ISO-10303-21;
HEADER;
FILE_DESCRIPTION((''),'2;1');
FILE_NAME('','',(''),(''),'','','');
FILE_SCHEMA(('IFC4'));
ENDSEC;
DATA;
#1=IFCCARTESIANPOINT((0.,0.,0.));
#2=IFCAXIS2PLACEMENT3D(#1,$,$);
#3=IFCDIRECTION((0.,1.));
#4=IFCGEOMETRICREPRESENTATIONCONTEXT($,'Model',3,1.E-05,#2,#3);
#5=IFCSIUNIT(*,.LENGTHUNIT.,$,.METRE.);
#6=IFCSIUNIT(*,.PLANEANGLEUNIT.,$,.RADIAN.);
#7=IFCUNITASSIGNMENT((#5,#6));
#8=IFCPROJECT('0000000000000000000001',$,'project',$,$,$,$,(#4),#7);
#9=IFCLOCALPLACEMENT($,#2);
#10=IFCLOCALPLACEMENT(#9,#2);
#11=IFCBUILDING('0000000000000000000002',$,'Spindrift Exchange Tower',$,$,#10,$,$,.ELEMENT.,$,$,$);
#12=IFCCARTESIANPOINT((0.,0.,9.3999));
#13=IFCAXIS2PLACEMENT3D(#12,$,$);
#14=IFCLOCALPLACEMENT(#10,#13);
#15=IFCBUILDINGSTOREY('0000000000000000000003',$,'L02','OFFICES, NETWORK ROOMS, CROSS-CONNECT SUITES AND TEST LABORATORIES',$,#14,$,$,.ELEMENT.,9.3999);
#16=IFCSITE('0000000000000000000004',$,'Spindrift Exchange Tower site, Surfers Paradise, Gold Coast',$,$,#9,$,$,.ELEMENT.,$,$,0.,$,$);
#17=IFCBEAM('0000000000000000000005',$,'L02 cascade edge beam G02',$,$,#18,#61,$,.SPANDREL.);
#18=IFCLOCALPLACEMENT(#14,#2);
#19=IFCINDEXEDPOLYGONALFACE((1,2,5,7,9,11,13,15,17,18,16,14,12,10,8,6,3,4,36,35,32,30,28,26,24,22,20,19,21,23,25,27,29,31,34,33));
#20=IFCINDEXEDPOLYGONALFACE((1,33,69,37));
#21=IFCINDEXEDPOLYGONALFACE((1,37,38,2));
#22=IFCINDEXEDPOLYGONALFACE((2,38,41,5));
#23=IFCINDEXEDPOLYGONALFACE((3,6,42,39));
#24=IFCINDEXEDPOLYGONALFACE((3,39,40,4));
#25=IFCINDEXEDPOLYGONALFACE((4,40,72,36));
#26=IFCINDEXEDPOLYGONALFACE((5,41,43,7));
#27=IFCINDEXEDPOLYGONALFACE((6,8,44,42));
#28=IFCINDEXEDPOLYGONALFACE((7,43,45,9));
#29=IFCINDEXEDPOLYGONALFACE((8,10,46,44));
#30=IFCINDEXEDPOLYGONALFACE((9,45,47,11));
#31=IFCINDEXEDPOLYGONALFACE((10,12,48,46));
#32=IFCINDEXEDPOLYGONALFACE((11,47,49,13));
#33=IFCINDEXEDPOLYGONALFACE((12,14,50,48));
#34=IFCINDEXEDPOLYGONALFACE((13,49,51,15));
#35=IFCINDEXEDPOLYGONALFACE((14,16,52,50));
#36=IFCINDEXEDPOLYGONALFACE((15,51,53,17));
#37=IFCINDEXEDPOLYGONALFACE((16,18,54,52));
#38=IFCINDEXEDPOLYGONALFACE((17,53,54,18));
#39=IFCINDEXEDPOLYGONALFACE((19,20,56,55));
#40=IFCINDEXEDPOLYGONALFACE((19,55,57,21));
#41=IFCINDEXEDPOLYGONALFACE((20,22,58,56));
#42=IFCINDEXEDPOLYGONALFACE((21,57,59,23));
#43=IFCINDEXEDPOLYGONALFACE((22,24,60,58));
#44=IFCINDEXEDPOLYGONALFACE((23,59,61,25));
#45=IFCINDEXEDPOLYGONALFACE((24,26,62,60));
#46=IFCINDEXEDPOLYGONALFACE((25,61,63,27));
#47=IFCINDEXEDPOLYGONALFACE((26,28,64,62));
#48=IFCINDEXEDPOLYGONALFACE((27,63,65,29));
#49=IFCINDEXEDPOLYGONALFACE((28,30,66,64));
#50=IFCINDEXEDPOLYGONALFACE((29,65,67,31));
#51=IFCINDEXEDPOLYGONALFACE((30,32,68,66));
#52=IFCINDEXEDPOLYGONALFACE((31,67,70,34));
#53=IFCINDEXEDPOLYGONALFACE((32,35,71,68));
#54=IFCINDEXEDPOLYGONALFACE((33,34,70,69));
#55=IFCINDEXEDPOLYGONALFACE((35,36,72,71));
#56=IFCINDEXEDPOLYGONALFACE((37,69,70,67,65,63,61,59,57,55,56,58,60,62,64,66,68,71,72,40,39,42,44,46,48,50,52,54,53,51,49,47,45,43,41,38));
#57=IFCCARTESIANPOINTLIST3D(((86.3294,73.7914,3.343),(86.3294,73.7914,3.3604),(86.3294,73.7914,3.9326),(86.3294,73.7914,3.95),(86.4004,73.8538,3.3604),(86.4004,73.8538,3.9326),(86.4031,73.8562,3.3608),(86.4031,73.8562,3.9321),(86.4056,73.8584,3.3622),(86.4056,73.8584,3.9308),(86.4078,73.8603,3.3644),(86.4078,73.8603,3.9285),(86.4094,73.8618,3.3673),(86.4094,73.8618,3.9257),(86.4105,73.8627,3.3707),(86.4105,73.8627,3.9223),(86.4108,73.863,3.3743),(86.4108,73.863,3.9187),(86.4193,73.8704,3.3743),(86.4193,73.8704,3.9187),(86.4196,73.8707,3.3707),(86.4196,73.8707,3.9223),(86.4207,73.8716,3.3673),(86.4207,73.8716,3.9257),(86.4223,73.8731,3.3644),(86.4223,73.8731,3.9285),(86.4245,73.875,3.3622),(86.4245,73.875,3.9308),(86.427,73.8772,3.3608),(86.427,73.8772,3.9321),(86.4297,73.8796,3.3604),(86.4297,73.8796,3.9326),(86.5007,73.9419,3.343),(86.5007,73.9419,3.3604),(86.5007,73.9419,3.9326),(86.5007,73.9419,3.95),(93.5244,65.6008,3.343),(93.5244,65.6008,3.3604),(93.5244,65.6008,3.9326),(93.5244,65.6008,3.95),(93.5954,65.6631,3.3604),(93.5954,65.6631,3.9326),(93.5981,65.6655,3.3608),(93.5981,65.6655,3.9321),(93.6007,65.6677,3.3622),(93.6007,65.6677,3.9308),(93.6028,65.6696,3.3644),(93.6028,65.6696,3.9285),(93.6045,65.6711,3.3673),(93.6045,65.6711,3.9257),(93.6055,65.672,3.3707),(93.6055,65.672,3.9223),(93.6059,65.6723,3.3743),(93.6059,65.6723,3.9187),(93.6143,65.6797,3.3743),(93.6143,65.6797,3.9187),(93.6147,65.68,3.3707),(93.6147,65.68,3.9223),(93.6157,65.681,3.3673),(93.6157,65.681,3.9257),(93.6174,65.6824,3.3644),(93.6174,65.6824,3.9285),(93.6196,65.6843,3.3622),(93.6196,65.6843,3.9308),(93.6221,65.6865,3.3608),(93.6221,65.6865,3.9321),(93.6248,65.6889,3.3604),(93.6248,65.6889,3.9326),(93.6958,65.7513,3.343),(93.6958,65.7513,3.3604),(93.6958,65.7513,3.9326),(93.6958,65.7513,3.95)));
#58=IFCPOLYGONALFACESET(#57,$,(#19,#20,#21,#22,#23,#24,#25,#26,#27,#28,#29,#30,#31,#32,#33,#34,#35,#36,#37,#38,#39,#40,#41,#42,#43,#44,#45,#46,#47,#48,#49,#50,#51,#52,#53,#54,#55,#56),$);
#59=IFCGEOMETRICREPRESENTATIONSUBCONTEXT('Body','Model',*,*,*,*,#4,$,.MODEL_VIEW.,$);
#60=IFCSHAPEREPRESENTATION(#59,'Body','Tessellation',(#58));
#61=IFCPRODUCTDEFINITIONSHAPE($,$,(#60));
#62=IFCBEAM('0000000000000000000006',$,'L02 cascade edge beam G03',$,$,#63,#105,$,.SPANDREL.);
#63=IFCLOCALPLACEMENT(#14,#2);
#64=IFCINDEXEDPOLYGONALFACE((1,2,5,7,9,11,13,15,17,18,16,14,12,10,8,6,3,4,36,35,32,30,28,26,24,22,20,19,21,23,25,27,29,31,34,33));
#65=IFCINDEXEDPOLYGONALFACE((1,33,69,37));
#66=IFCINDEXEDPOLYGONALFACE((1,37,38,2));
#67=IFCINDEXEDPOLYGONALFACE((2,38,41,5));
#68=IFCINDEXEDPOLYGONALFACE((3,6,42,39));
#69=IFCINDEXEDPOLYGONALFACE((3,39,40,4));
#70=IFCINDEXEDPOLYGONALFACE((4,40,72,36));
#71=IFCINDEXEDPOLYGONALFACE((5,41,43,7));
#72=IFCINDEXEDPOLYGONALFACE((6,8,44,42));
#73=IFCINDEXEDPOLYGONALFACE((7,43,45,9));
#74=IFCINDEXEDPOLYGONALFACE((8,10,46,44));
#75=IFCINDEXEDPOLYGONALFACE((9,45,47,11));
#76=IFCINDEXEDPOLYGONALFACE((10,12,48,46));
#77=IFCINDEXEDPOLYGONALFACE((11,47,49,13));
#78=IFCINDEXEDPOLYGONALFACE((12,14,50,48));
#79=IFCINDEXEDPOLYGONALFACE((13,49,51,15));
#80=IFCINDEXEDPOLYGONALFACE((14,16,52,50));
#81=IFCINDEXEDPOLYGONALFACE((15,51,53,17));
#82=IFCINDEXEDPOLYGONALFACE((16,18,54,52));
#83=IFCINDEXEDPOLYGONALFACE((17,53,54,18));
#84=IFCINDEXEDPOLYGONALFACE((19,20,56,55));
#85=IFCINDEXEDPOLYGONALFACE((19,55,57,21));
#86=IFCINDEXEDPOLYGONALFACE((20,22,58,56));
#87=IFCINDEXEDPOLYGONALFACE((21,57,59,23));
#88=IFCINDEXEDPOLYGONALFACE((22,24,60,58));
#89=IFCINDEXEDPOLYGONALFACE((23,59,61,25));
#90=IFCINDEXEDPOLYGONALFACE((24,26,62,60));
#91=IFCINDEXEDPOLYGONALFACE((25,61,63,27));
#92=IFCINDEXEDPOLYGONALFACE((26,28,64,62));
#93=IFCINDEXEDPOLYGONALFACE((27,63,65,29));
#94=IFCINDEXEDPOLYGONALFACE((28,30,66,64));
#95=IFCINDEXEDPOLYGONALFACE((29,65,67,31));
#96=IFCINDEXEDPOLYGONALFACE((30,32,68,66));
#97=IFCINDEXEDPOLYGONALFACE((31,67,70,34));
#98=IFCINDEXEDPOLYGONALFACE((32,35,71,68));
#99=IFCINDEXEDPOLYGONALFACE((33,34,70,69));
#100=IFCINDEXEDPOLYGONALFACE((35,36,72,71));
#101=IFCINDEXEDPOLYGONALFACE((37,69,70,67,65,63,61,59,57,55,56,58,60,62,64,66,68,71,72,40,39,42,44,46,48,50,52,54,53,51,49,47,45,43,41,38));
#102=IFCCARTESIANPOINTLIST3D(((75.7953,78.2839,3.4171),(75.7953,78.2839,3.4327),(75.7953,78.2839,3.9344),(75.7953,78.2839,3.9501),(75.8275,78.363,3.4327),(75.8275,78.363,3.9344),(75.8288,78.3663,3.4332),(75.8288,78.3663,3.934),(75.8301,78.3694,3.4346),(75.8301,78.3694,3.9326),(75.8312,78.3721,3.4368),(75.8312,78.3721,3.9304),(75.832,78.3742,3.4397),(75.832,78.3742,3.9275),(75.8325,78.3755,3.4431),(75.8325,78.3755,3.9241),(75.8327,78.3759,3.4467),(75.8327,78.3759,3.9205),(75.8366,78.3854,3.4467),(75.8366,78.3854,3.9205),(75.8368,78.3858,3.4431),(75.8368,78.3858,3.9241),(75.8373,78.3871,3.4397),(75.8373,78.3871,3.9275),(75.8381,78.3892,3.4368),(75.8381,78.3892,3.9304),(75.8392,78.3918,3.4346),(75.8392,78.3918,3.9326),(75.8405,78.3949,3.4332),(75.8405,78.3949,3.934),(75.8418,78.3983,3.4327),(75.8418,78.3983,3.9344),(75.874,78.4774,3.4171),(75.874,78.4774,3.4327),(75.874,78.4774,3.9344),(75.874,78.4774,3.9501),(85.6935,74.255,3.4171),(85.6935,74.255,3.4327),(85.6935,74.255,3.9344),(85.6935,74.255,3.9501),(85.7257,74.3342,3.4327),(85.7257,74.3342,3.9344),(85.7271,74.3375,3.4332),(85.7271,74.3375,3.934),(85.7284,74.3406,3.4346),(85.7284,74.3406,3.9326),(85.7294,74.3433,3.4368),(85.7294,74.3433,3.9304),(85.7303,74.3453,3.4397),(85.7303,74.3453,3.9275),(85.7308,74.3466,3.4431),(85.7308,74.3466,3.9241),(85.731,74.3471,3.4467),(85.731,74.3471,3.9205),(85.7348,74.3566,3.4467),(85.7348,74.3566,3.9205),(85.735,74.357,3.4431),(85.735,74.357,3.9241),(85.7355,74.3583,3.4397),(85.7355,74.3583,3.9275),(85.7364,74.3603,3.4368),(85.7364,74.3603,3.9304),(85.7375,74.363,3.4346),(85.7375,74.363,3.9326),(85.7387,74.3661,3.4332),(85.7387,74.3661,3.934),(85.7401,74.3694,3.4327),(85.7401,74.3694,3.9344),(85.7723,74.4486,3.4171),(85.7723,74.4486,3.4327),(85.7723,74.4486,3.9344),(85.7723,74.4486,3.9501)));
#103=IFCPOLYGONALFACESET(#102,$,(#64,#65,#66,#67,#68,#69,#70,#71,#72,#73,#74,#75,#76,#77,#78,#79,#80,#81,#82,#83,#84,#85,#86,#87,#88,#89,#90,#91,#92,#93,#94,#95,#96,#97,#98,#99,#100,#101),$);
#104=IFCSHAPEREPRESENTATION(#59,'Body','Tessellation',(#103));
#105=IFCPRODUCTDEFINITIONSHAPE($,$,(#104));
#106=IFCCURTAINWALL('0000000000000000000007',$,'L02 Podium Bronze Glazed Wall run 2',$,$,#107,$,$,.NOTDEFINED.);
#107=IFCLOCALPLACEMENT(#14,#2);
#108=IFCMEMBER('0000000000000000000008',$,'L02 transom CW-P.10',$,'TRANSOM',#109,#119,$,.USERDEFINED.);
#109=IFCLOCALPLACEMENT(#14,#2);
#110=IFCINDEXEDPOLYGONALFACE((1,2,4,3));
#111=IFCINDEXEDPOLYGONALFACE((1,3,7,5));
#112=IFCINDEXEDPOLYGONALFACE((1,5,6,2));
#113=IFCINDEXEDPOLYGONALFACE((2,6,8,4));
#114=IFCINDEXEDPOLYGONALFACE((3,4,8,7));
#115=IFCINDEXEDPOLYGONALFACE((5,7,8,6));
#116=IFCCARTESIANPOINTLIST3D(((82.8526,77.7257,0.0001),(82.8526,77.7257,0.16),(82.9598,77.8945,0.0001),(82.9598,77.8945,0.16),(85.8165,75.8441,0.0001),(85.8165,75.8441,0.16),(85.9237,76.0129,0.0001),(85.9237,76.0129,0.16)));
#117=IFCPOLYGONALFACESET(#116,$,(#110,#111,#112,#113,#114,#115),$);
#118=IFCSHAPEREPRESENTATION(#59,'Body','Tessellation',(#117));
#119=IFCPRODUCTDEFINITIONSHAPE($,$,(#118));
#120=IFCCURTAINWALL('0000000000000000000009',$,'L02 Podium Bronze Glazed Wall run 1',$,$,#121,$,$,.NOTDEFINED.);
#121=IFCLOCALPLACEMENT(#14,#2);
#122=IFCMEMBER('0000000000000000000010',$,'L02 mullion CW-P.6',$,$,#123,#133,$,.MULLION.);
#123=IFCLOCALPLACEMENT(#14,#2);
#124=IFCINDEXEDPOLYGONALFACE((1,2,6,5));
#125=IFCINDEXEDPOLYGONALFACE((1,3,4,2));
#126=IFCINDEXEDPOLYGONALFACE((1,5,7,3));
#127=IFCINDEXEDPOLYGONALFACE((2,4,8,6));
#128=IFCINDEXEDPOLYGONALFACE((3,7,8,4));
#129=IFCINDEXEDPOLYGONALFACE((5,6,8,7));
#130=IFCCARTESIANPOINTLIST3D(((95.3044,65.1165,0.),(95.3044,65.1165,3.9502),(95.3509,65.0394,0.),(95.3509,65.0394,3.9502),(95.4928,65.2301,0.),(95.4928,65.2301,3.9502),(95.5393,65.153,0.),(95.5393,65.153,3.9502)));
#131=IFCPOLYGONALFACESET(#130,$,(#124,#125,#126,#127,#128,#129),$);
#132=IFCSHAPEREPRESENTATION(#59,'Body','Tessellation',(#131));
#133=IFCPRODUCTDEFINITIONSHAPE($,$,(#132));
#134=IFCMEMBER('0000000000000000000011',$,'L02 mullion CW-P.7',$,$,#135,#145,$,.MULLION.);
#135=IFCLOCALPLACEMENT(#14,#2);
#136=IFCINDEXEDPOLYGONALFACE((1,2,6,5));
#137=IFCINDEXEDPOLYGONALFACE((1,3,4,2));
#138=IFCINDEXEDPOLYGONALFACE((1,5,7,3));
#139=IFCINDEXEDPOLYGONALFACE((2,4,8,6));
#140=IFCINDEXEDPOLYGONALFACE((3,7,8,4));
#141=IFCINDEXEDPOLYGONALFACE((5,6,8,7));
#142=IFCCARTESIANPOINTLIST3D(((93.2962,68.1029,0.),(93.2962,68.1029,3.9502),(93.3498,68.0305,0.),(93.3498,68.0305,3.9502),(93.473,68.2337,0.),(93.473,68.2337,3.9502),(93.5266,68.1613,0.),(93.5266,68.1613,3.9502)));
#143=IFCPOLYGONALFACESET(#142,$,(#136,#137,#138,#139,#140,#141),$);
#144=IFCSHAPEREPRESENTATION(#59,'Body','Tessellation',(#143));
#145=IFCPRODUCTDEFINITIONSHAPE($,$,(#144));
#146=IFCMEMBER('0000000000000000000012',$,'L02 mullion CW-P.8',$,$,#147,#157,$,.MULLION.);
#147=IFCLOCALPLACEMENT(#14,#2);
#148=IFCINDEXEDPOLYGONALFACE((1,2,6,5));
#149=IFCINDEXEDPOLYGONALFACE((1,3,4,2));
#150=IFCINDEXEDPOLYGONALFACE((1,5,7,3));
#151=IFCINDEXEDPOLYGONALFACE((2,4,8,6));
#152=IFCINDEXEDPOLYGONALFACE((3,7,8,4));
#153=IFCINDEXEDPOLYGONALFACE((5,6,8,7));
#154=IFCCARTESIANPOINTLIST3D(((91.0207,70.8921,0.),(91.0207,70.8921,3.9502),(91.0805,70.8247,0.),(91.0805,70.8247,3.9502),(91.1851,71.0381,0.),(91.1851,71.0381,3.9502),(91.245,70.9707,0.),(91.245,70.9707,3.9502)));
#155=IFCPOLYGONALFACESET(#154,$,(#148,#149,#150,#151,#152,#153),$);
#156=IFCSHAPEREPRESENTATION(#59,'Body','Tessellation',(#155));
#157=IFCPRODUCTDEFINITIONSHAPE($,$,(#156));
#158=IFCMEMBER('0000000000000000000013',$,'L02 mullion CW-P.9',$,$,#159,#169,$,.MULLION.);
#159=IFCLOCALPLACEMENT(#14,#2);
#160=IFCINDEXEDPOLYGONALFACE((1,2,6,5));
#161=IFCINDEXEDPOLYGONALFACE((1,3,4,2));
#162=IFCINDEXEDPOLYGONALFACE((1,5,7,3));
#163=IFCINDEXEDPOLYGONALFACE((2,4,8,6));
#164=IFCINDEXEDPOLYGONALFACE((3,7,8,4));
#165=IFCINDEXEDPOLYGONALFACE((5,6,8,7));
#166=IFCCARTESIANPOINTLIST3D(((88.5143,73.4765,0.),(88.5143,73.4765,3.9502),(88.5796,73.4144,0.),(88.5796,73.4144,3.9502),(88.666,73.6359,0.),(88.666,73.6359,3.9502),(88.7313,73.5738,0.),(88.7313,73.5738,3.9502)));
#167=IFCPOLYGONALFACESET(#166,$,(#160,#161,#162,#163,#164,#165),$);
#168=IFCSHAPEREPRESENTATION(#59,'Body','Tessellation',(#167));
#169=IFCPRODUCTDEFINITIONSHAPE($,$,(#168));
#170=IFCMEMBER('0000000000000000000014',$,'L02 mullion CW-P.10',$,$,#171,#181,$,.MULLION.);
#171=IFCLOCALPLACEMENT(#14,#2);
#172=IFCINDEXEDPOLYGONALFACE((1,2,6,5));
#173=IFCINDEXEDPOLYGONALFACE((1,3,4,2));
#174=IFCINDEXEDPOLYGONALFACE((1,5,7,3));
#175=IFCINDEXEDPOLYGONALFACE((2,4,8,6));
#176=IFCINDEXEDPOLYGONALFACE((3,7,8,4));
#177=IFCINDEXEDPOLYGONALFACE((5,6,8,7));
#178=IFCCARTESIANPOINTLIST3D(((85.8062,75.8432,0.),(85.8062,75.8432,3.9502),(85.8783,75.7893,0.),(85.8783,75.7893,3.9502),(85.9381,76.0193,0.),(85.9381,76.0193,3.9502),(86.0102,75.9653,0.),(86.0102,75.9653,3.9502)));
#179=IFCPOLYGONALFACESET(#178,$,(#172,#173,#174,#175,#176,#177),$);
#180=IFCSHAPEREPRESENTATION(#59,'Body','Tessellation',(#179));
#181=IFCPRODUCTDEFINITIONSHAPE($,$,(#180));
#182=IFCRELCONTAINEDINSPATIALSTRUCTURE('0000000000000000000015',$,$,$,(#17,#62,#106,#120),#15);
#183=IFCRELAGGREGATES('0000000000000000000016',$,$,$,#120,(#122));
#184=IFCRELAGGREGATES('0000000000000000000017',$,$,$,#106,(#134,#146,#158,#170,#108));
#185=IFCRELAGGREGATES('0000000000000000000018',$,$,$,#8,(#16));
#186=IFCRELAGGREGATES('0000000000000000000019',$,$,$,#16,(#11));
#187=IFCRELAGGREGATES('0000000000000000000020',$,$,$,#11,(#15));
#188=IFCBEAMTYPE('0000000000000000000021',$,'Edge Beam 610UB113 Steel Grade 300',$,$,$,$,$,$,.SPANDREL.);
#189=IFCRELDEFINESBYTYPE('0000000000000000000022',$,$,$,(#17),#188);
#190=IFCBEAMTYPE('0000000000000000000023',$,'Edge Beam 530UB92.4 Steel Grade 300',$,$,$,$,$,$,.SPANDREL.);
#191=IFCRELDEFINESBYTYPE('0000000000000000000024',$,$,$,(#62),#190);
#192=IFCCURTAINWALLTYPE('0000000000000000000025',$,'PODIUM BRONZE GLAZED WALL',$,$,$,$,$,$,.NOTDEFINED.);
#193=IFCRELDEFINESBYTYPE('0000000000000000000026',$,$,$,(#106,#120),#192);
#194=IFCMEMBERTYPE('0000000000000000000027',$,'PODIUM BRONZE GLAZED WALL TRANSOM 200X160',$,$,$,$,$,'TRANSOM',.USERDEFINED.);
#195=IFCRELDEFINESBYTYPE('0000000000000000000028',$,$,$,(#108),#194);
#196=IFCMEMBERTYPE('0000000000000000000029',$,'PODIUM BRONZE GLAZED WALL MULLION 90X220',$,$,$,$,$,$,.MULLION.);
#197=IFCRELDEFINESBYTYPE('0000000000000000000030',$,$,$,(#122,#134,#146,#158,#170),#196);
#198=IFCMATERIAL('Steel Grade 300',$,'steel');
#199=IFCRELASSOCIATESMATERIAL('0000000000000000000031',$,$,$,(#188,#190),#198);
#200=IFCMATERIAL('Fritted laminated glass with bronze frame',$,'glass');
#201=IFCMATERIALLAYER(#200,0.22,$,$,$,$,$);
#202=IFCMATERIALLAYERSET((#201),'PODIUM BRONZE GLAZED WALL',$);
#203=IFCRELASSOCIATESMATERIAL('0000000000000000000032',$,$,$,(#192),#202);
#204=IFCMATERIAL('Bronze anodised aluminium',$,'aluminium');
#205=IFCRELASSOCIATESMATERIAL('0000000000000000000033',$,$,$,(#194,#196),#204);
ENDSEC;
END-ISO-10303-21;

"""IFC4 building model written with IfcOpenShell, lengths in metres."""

from ifc_helpers import new_model, si_unit, direction, frame, origin, origin_2d, place, context, subcontext, project, spatial, rectangle, i_section, extrude, source, transform, mapped, material, layer, layer_set, material_profile, profile_set, type_object, element, aggregate, save


model = new_model("IFC4")

# Units and contexts
model_context = context("Model", 3, precision=1e-05, world=origin(), true_north=direction((0.0, 1.0)))
body_context = subcontext(model_context, "Body", "Model", "MODEL_VIEW")
ifc_project = project(units=[si_unit("LENGTHUNIT", "METRE"), si_unit("PLANEANGLEUNIT", "RADIAN")], contexts=[model_context])

# Site, building, storey
site_placement = place(None, origin())
site = spatial("IfcSite", under=ifc_project, at=site_placement, Name="Spindrift Exchange Tower site, Surfers Paradise, Gold Coast", CompositionType="ELEMENT", RefElevation=0.0)
building_placement = place(site_placement, origin())
building = spatial("IfcBuilding", under=site, at=building_placement, Name="Spindrift Exchange Tower", CompositionType="ELEMENT")
storey_placement = place(building_placement, frame((0.0, 0.0, 9.3999)))
storey = spatial("IfcBuildingStorey", under=building, at=storey_placement, Name="L02", Description="OFFICES, NETWORK ROOMS, CROSS-CONNECT SUITES AND TEST LABORATORIES", CompositionType="ELEMENT", Elevation=9.3999)

# Beams
ifc_material_1 = material(Name="Steel Grade 300", Category="steel")
ifc_material_profile_1 = material_profile(ifc_material_1, i_section(OverallWidth=0.228, OverallDepth=0.6069, WebThickness=0.0112, FlangeThickness=0.0173, FilletRadius=0.0139, at=origin_2d()), Name="610UB113")
ifc_profile_set_1 = profile_set([ifc_material_profile_1], Name="Steel Grade 300")
beam_type_1 = type_object("IfcBeamType", Name="Edge Beam 610UB113 Steel Grade 300", PredefinedType="SPANDREL", material=ifc_profile_set_1)
shared_shape_1 = source(origin(), body_context, "Body", "SweptSolid", [
    extrude(i_section(OverallWidth=0.228, OverallDepth=0.6069, WebThickness=0.0112, FlangeThickness=0.0173, FilletRadius=0.0139, at=origin_2d()), origin(), (0.0, 0.0, 1.0), 10.9021),
])
beam_1_placement = place(storey_placement, frame((93.6101, 65.676, 3.6465), z_axis=(-0.65997, 0.751292, 0.0), x_axis=(-0.751292, -0.65997, 0.0)))
element("IfcBeam", 1, at=beam_1_placement, inside=storey, type_object=beam_type_1, Name="L02 cascade edge beam G02", PredefinedType="SPANDREL", context=body_context, shape_type="MappedRepresentation", body=[
    mapped(shared_shape_1, transform((0.0, 0.0, 0.0), scale=1.0)),
])
ifc_material_profile_2 = material_profile(ifc_material_1, i_section(OverallWidth=0.209, OverallDepth=0.533, WebThickness=0.0103, FlangeThickness=0.0156, FilletRadius=0.0139, at=origin_2d()), Name="530UB92.4")
ifc_profile_set_2 = profile_set([ifc_material_profile_2], Name="Steel Grade 300")
beam_type_2 = type_object("IfcBeamType", Name="Edge Beam 530UB92.4 Steel Grade 300", PredefinedType="SPANDREL", material=ifc_profile_set_2)
shared_shape_2 = source(origin(), body_context, "Body", "SweptSolid", [
    extrude(i_section(OverallWidth=0.209, OverallDepth=0.533, WebThickness=0.0103, FlangeThickness=0.0156, FilletRadius=0.0139, at=origin_2d()), origin(), (0.0, 0.0, 1.0), 10.6868),
])
beam_2_placement = place(storey_placement, frame((85.7329, 74.3518, 3.6836), z_axis=(-0.926216, 0.376993, 0.0), x_axis=(-0.376993, -0.926216, 0.0)))
element("IfcBeam", 2, at=beam_2_placement, inside=storey, type_object=beam_type_2, Name="L02 cascade edge beam G03", PredefinedType="SPANDREL", context=body_context, shape_type="MappedRepresentation", body=[
    mapped(shared_shape_2, transform((0.0, 0.0, 0.0), scale=1.0)),
])

# Curtain walls, members
ifc_material_2 = material(Name="Fritted laminated glass with bronze frame", Category="glass")
ifc_layer_1 = layer(ifc_material_2, 0.22)
ifc_layer_set_1 = layer_set([ifc_layer_1], Name="PODIUM BRONZE GLAZED WALL")
curtain_wall_type = type_object("IfcCurtainWallType", Name="PODIUM BRONZE GLAZED WALL", PredefinedType="NOTDEFINED", material=ifc_layer_set_1)
curtain_wall_1_placement = place(storey_placement, origin())
curtain_wall_1 = element("IfcCurtainWall", 3, at=curtain_wall_1_placement, inside=storey, type_object=curtain_wall_type, Name="L02 Podium Bronze Glazed Wall run 2", PredefinedType="NOTDEFINED")
ifc_material_3 = material(Name="Bronze anodised aluminium", Category="aluminium")
ifc_material_profile_3 = material_profile(ifc_material_3, rectangle(XDim=0.2, YDim=0.1599, at=origin_2d()), Name="PODIUM BRONZE GLAZED WALL TRANSOM 200X160")
ifc_profile_set_3 = profile_set([ifc_material_profile_3], Name="Bronze anodised aluminium")
member_type_1 = type_object("IfcMemberType", Name="PODIUM BRONZE GLAZED WALL TRANSOM 200X160", ElementType="TRANSOM", PredefinedType="USERDEFINED", material=ifc_profile_set_3)
shared_shape_3 = source(origin(), body_context, "Body", "SweptSolid", [
    extrude(rectangle(XDim=0.2, YDim=0.1599, at=origin_2d()), origin(), (0.0, 0.0, 1.0), 3.5107),
])
member_1_placement = place(storey_placement, frame((85.8701, 75.9285, 0.0801), z_axis=(-0.844242, 0.535962, 0.0), x_axis=(-0.535962, -0.844242, 0.0)))
member_1 = element("IfcMember", 4, at=member_1_placement, type_object=member_type_1, Name="L02 transom CW-P.10", ObjectType="TRANSOM", PredefinedType="USERDEFINED", context=body_context, shape_type="MappedRepresentation", body=[
    mapped(shared_shape_3, transform((0.0, 0.0, 0.0), scale=1.0)),
])
curtain_wall_2_placement = place(storey_placement, origin())
curtain_wall_2 = element("IfcCurtainWall", 5, at=curtain_wall_2_placement, inside=storey, type_object=curtain_wall_type, Name="L02 Podium Bronze Glazed Wall run 1", PredefinedType="NOTDEFINED")
ifc_material_profile_4 = material_profile(ifc_material_3, rectangle(XDim=0.0901, YDim=0.22, at=origin_2d()), Name="PODIUM BRONZE GLAZED WALL MULLION 90X220")
ifc_profile_set_4 = profile_set([ifc_material_profile_4], Name="Bronze anodised aluminium")
member_type_2 = type_object("IfcMemberType", Name="PODIUM BRONZE GLAZED WALL MULLION 90X220", PredefinedType="MULLION", material=ifc_profile_set_4)
shared_shape_4 = source(origin(), body_context, "Body", "SweptSolid", [
    extrude(rectangle(XDim=0.0901, YDim=0.22, at=origin_2d()), origin(), (0.0, 0.0, 1.0), 3.9502),
])
member_2_placement = place(storey_placement, frame((95.4219, 65.1348, 0.0), z_axis=(0.0, 0.0, 1.0), x_axis=(-0.516362, 0.856371, 0.0)))
member_2 = element("IfcMember", 6, at=member_2_placement, type_object=member_type_2, Name="L02 mullion CW-P.6", PredefinedType="MULLION", context=body_context, shape_type="MappedRepresentation", body=[
    mapped(shared_shape_4, transform((0.0, 0.0, 0.0), scale=1.0)),
])

# Members
member_3_placement = place(storey_placement, frame((93.4114, 68.1321, 0.0), z_axis=(0.0, 0.0, 1.0), x_axis=(-0.594808, 0.803868, 0.0)))
member_3 = element("IfcMember", 7, at=member_3_placement, type_object=member_type_2, Name="L02 mullion CW-P.7", PredefinedType="MULLION", context=body_context, shape_type="MappedRepresentation", body=[
    mapped(shared_shape_4, transform((0.0, 0.0, 0.0), scale=1.0)),
])
member_4_placement = place(storey_placement, frame((91.1328, 70.9314, 0.0), z_axis=(0.0, 0.0, 1.0), x_axis=(-0.66397, 0.747759, 0.0)))
member_4 = element("IfcMember", 8, at=member_4_placement, type_object=member_type_2, Name="L02 mullion CW-P.8", PredefinedType="MULLION", context=body_context, shape_type="MappedRepresentation", body=[
    mapped(shared_shape_4, transform((0.0, 0.0, 0.0), scale=1.0)),
])
member_5_placement = place(storey_placement, frame((88.6228, 73.5251, 0.0), z_axis=(0.0, 0.0, 1.0), x_axis=(-0.724338, 0.689445, 0.0)))
member_5 = element("IfcMember", 9, at=member_5_placement, type_object=member_type_2, Name="L02 mullion CW-P.9", PredefinedType="MULLION", context=body_context, shape_type="MappedRepresentation", body=[
    mapped(shared_shape_4, transform((0.0, 0.0, 0.0), scale=1.0)),
])
member_6_placement = place(storey_placement, frame((85.9082, 75.9043, 0.0), z_axis=(0.0, 0.0, 1.0), x_axis=(-0.800512, 0.599317, 0.0)))
member_6 = element("IfcMember", 10, at=member_6_placement, type_object=member_type_2, Name="L02 mullion CW-P.10", PredefinedType="MULLION", context=body_context, shape_type="MappedRepresentation", body=[
    mapped(shared_shape_4, transform((0.0, 0.0, 0.0), scale=1.0)),
])

aggregate(curtain_wall_2, [member_2])
aggregate(curtain_wall_1, [member_3, member_4, member_5, member_6, member_1])

save(model, "model.ifc")
